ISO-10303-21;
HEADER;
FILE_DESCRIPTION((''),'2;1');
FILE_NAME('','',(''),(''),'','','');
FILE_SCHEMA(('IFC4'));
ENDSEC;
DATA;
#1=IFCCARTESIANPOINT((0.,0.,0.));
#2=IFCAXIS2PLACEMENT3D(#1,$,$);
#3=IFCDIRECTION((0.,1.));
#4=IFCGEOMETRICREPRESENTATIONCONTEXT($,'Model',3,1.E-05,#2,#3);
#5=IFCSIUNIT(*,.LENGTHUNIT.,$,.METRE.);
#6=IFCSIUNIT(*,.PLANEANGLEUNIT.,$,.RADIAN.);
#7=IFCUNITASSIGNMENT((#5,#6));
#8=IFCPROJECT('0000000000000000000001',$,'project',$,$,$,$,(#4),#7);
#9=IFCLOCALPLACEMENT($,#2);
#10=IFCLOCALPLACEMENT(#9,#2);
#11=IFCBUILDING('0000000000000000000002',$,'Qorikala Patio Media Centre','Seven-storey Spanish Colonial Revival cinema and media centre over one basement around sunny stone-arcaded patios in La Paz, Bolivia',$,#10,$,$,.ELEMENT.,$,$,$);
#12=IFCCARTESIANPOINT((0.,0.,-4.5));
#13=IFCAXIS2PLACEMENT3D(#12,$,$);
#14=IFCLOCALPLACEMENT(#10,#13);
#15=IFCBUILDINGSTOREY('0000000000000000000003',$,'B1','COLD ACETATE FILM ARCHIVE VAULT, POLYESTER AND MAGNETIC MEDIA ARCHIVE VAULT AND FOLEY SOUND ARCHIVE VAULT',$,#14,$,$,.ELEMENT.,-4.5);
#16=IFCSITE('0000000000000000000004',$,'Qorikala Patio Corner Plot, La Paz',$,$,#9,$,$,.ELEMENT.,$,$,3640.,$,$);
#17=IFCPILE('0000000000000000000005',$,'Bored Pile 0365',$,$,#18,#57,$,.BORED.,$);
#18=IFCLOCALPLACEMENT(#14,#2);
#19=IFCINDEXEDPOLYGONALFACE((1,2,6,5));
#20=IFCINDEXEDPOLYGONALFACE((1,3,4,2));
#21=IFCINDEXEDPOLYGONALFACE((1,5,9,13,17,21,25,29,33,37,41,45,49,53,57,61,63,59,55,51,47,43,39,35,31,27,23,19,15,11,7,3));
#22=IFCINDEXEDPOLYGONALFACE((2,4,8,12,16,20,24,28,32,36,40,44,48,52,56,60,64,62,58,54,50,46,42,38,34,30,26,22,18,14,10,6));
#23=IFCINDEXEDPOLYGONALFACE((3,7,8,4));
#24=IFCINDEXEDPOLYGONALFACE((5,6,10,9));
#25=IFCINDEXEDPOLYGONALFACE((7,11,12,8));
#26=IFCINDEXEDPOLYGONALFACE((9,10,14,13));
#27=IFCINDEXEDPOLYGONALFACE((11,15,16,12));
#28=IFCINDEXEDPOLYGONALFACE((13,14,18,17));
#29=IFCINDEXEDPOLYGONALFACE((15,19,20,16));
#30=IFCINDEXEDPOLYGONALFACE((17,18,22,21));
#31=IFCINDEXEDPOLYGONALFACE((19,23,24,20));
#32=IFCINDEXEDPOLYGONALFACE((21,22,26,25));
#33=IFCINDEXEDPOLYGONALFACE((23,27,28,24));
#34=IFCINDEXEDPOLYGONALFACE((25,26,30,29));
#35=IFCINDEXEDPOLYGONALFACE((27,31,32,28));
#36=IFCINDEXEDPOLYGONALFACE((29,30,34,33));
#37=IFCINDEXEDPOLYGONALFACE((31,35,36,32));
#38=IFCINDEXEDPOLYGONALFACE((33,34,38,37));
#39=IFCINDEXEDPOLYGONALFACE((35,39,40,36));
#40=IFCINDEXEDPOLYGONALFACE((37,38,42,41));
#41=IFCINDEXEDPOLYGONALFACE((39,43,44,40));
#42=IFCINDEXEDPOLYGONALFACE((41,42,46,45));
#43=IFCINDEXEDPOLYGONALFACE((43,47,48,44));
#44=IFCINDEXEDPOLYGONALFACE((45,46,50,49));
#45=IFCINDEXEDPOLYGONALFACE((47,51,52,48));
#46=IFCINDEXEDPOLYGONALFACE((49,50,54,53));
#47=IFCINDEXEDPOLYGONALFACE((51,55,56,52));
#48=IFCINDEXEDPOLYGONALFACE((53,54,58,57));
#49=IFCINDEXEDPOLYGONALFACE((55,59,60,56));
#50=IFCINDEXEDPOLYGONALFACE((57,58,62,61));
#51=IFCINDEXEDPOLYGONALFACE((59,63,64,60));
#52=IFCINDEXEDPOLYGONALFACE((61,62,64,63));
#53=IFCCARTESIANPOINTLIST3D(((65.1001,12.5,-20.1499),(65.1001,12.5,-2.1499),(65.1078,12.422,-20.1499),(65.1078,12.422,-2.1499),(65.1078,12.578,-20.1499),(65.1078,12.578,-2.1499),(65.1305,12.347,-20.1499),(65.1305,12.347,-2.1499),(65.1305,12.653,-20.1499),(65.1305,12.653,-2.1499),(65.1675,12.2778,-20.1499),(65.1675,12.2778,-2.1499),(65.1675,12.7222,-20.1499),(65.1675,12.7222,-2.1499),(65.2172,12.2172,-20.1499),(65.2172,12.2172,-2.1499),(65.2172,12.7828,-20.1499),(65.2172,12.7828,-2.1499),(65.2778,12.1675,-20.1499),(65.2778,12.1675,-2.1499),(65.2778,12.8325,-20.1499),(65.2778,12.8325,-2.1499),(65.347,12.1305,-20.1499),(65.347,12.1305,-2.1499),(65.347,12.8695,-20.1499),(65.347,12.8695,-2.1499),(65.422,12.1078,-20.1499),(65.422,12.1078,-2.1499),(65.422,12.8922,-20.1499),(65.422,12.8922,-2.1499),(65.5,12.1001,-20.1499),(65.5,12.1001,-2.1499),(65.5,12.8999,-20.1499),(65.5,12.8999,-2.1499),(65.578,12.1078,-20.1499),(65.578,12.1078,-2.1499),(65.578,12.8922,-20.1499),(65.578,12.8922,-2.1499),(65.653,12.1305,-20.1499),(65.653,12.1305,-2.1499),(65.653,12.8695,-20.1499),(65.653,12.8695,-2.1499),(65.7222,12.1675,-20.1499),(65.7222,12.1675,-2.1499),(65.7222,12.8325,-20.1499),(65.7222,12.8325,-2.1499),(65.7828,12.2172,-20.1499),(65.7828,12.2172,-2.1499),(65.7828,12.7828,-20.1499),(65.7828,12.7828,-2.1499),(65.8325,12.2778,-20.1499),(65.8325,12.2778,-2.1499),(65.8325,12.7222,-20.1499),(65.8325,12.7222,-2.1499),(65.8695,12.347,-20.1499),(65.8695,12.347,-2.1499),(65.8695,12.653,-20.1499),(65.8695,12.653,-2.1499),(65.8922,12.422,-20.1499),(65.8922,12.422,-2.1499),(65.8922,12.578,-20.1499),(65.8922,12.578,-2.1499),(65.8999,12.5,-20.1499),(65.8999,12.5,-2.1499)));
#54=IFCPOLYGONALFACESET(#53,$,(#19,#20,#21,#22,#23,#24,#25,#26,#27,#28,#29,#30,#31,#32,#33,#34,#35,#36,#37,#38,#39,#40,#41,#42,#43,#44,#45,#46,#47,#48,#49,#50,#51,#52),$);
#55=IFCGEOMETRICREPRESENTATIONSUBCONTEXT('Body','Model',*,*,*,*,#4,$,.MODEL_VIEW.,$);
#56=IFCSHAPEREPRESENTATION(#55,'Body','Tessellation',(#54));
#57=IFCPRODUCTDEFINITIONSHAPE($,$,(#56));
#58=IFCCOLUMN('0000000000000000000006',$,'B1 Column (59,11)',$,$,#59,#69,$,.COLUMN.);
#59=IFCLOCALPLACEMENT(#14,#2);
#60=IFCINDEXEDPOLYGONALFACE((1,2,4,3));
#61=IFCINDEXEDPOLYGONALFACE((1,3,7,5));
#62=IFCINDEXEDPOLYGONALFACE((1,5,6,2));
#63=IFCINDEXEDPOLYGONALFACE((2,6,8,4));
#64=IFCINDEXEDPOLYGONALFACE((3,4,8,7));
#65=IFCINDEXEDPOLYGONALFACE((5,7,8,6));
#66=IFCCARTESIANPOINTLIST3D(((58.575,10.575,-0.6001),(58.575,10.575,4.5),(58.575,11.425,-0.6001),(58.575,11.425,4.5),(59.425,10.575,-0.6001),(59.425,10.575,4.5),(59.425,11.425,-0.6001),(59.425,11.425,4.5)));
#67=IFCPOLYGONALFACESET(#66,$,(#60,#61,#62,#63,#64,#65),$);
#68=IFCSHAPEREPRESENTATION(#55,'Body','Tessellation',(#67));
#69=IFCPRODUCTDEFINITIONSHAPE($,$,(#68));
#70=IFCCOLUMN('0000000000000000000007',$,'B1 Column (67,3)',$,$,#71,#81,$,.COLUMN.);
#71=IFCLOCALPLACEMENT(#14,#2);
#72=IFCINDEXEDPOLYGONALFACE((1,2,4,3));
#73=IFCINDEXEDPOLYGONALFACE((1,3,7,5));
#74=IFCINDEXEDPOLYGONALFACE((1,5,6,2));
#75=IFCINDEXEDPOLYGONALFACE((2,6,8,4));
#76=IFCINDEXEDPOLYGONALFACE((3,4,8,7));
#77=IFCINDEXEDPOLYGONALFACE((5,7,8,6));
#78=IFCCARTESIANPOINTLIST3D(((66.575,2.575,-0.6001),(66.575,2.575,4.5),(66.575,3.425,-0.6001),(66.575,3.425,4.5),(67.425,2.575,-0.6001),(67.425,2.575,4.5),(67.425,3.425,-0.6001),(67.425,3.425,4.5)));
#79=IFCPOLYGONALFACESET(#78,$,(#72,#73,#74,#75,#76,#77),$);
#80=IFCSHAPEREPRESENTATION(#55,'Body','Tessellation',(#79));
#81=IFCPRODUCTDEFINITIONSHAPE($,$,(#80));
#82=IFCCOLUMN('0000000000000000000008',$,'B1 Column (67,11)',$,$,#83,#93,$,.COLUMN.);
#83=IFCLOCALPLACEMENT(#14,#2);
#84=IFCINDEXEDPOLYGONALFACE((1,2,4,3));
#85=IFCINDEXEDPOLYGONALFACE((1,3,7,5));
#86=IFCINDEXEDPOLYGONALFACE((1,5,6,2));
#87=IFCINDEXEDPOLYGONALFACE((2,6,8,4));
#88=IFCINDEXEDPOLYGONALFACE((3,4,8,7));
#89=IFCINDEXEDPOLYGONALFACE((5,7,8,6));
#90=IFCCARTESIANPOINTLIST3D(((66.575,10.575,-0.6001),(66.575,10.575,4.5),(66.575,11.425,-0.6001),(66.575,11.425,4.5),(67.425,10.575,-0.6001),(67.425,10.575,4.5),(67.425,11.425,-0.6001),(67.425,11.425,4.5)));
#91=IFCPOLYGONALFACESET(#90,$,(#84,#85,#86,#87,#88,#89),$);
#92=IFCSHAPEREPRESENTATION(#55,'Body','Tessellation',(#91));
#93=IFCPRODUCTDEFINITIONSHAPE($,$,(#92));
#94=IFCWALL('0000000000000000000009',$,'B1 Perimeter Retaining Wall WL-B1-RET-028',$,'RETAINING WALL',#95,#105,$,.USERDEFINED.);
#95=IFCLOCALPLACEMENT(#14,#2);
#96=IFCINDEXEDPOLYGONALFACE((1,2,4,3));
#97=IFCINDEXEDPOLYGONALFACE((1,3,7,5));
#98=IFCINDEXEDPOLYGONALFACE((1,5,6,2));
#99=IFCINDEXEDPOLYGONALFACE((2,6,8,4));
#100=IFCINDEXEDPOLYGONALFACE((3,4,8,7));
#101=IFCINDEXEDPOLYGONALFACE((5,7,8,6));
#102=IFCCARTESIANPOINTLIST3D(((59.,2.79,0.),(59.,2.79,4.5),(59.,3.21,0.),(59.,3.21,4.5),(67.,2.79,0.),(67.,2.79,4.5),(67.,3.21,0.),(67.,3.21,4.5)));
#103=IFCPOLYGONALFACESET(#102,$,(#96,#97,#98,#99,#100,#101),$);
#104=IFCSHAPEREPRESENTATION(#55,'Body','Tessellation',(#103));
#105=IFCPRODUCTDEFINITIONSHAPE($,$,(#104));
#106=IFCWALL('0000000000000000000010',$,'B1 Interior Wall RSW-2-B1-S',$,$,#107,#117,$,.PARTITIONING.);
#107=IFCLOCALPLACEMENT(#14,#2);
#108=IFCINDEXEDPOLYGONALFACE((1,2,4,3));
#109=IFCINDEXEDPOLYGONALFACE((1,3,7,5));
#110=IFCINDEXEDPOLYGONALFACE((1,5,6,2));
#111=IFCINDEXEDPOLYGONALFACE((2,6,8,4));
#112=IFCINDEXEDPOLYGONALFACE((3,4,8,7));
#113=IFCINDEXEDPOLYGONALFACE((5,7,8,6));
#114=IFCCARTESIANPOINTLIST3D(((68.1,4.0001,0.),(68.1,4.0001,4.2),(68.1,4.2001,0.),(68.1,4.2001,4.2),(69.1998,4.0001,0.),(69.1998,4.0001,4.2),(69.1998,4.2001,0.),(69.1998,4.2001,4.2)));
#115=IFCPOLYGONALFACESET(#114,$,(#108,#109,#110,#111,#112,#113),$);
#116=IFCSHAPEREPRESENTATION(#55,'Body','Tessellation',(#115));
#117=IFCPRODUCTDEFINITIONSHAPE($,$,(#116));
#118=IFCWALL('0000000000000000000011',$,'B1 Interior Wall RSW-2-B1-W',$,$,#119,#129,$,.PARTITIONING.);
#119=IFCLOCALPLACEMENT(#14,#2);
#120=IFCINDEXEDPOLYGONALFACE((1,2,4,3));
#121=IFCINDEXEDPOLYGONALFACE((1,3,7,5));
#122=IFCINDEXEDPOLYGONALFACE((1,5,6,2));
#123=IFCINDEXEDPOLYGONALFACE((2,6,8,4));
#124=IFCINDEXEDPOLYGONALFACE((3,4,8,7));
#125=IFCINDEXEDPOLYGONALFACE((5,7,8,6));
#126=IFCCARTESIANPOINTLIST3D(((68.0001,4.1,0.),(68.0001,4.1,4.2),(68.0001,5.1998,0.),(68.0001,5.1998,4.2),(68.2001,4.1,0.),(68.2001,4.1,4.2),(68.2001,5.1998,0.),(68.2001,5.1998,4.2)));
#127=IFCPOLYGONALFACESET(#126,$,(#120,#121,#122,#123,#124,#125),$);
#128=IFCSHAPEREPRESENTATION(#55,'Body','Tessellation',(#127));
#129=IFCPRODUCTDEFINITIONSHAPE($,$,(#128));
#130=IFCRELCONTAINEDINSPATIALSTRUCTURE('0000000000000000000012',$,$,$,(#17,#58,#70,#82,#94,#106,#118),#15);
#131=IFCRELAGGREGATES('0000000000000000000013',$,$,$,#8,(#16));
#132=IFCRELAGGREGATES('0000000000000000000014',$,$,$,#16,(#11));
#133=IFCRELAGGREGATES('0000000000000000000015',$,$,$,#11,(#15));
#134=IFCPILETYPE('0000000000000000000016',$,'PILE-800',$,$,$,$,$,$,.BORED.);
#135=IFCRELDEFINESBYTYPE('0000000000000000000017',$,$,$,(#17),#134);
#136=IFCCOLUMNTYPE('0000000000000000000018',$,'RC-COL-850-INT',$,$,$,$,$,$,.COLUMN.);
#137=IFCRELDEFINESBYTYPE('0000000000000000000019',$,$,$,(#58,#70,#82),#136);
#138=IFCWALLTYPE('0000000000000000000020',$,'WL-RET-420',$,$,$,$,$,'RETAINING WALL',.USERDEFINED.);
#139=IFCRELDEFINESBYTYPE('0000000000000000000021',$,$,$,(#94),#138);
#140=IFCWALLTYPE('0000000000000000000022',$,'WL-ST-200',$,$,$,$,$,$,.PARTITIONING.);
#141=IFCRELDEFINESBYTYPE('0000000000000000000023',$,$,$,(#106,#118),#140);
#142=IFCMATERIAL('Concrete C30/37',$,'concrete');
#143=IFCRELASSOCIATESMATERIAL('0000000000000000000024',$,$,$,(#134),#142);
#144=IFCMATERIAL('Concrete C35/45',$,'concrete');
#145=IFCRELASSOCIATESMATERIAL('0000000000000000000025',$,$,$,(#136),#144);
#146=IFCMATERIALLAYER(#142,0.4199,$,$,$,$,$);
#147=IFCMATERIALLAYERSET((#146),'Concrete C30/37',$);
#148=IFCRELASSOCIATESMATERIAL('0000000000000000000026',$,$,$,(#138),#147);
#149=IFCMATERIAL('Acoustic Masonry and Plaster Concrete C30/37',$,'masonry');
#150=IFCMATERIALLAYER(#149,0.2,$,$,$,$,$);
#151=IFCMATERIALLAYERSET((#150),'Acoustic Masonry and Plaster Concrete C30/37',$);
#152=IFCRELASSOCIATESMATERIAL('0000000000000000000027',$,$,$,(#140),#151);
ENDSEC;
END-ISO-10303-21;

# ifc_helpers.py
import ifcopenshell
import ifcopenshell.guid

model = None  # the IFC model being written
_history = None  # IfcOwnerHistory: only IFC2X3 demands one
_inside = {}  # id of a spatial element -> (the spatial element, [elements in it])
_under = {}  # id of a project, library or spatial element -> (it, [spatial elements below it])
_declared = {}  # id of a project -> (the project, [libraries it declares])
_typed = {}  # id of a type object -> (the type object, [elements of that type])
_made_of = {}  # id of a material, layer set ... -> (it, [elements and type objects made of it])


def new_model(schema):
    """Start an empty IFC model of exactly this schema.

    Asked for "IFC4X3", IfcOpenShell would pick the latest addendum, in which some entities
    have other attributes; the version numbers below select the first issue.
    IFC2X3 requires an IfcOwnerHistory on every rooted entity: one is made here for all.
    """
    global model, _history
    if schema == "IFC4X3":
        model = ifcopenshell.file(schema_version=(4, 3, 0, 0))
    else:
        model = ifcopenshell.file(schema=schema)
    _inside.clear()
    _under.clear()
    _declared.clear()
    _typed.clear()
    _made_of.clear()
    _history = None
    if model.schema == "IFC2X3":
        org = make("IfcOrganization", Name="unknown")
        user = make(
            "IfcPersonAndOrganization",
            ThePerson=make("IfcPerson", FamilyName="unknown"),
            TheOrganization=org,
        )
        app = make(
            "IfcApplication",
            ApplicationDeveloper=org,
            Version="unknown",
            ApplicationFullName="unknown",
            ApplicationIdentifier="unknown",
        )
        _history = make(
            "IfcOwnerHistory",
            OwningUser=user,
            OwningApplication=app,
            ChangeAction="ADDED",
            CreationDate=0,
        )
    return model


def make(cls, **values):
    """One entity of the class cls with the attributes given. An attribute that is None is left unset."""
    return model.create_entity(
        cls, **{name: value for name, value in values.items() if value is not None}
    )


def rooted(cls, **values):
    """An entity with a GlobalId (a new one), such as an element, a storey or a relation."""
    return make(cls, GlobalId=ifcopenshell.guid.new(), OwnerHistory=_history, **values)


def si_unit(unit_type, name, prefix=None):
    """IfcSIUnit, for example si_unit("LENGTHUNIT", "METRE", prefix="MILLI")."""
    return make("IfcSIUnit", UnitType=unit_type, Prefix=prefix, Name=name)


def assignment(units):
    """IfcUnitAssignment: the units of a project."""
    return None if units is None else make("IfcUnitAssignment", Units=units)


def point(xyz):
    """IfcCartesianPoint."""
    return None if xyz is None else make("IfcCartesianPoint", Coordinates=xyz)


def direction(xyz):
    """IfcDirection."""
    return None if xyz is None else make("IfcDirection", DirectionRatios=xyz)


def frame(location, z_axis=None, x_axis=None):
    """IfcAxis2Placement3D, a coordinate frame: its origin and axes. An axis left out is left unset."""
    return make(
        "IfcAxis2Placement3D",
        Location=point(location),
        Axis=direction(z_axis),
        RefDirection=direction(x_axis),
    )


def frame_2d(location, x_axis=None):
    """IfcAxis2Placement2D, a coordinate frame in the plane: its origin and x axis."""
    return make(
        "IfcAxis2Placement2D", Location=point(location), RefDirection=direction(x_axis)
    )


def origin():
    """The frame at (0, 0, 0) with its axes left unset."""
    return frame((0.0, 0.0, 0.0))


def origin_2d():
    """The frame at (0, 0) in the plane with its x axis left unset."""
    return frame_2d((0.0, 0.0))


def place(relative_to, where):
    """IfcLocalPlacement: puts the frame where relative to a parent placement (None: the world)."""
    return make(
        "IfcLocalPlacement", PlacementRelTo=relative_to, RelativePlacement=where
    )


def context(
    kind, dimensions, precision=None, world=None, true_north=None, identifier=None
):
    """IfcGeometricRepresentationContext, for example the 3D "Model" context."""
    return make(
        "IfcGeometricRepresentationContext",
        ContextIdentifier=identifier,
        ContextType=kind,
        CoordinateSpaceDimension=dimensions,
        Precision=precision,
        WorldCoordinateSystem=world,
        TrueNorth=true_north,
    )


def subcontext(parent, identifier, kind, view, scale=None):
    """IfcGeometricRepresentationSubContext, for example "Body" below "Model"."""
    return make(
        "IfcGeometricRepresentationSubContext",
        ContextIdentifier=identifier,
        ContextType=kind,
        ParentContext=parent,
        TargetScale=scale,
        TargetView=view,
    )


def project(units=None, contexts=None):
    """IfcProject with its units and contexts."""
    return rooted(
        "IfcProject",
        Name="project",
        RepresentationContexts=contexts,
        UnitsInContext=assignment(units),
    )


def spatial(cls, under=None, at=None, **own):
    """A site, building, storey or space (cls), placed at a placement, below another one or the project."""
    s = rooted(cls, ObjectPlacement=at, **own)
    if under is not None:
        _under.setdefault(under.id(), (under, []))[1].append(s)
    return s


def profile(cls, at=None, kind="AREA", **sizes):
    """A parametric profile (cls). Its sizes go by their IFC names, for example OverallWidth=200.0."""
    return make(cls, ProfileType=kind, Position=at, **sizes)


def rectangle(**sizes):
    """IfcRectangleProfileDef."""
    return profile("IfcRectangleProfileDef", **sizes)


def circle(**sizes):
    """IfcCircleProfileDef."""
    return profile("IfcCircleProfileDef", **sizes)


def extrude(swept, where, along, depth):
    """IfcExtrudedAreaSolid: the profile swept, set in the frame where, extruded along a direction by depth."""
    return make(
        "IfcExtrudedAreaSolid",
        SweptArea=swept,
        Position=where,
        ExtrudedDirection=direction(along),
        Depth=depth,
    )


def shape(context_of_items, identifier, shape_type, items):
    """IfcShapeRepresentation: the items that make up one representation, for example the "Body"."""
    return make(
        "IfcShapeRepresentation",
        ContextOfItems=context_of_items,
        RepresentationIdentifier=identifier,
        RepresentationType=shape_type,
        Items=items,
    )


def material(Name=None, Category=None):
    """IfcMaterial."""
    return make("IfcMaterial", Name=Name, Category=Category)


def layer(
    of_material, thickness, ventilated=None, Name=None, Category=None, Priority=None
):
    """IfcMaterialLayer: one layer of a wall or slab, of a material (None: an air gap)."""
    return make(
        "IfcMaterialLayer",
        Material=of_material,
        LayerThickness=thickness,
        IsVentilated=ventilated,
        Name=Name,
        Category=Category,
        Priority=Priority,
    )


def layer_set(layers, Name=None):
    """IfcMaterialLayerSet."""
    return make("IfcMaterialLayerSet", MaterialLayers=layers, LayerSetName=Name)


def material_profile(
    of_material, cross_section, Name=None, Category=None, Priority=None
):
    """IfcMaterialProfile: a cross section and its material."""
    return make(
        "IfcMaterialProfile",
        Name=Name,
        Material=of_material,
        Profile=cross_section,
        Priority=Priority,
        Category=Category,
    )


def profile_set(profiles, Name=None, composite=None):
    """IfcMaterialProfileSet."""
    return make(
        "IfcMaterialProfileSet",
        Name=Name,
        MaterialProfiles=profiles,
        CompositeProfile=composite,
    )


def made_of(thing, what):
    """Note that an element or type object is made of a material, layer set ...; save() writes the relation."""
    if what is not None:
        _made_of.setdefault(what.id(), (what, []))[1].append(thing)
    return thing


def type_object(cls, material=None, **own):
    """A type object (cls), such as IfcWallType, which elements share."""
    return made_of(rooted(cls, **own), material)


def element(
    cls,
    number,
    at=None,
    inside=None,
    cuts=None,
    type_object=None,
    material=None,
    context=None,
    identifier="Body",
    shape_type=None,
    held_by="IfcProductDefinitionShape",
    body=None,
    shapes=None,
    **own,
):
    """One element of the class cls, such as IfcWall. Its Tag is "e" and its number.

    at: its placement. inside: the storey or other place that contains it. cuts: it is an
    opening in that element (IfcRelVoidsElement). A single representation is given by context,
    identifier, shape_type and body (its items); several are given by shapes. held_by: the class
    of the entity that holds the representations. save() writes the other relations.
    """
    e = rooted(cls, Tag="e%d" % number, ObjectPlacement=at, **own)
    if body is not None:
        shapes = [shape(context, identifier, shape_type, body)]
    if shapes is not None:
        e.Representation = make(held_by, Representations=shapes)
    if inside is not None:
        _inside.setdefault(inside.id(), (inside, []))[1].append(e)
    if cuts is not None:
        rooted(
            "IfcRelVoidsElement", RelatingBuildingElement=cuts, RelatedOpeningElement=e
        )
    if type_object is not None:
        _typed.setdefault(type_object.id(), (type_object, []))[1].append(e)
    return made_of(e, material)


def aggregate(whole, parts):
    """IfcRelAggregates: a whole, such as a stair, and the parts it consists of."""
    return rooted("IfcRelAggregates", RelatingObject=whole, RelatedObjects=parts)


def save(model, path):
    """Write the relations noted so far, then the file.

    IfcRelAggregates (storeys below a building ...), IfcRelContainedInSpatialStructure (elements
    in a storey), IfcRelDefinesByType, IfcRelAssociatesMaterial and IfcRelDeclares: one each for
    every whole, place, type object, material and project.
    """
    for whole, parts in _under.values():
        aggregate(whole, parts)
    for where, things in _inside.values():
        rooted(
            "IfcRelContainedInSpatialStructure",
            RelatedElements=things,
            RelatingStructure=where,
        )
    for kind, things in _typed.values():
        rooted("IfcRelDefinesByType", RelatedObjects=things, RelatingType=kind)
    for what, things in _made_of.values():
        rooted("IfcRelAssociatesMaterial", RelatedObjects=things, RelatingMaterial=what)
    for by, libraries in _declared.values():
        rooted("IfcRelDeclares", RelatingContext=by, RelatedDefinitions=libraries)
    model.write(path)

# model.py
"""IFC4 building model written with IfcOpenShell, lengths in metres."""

from ifc_helpers import new_model, si_unit, direction, frame, frame_2d, origin, origin_2d, place, context, subcontext, project, spatial, rectangle, circle, extrude, material, layer, layer_set, material_profile, profile_set, type_object, element, save


model = new_model("IFC4")

# Units and contexts
model_context = context("Model", 3, precision=1e-05, world=origin(), true_north=direction((0.0, 1.0)))
body_context = subcontext(model_context, "Body", "Model", "MODEL_VIEW")
ifc_project = project(units=[si_unit("LENGTHUNIT", "METRE"), si_unit("PLANEANGLEUNIT", "RADIAN")], contexts=[model_context])

# Site, building, storey
site_placement = place(None, origin())
site = spatial("IfcSite", under=ifc_project, at=site_placement, Name="Qorikala Patio Corner Plot, La Paz", CompositionType="ELEMENT", RefElevation=3640.0)
building_placement = place(site_placement, origin())
building = spatial("IfcBuilding", under=site, at=building_placement, Name="Qorikala Patio Media Centre", Description="Seven-storey Spanish Colonial Revival cinema and media centre over one basement around sunny stone-arcaded patios in La Paz, Bolivia", CompositionType="ELEMENT")
storey_placement = place(building_placement, frame((0.0, 0.0, -4.5)))
storey = spatial("IfcBuildingStorey", under=building, at=storey_placement, Name="B1", Description="COLD ACETATE FILM ARCHIVE VAULT, POLYESTER AND MAGNETIC MEDIA ARCHIVE VAULT AND FOLEY SOUND ARCHIVE VAULT", CompositionType="ELEMENT", Elevation=-4.5)

# Shared definitions
ifc_material_1 = material(Name="Concrete C30/37", Category="concrete")

# Pile
ifc_material_profile_1 = material_profile(ifc_material_1, circle(Radius=0.3999, at=origin_2d()), Name="BORED PILE 800")
ifc_profile_set_1 = profile_set([ifc_material_profile_1], Name="Concrete C30/37")
pile_type_1 = type_object("IfcPileType", Name="PILE-800", PredefinedType="BORED", material=ifc_profile_set_1)
for number, where, z_axis, x_axis, name in (
    (1, (65.5, 12.5, -2.1499), (0.0, 0.0, -1.0), (1.0, 0.0, 0.0), "Bored Pile 0365"),
):
    element("IfcPile", number, at=place(storey_placement, frame(where, z_axis=z_axis, x_axis=x_axis)), inside=storey, type_object=pile_type_1, Name=name, PredefinedType="BORED", context=body_context, shape_type="SweptSolid", body=[
        extrude(circle(Radius=0.3999, at=origin_2d()), origin(), (0.0, 0.0, 1.0), 18.0),
    ])

# Columns
ifc_material_2 = material(Name="Concrete C35/45", Category="concrete")
ifc_material_profile_2 = material_profile(ifc_material_2, rectangle(XDim=0.8501, YDim=0.8501, at=origin_2d()), Name="RC 850x850")
ifc_profile_set_2 = profile_set([ifc_material_profile_2], Name="Concrete C35/45")
column_type = type_object("IfcColumnType", Name="RC-COL-850-INT", PredefinedType="COLUMN", material=ifc_profile_set_2)
for number, where, z_axis, x_axis, name in (
    (2, (59.0, 11.0, -0.6001), (0.0, 0.0, 1.0), (1.0, 0.0, 0.0), "B1 Column (59,11)"),
    (3, (67.0, 3.0, -0.6001), (0.0, 0.0, 1.0), (1.0, 0.0, 0.0), "B1 Column (67,3)"),
    (4, (67.0, 11.0, -0.6001), (0.0, 0.0, 1.0), (1.0, 0.0, 0.0), "B1 Column (67,11)"),
):
    element("IfcColumn", number, at=place(storey_placement, frame(where, z_axis=z_axis, x_axis=x_axis)), inside=storey, type_object=column_type, Name=name, PredefinedType="COLUMN", context=body_context, shape_type="SweptSolid", body=[
        extrude(rectangle(XDim=0.8501, YDim=0.8501, at=origin_2d()), origin(), (0.0, 0.0, 1.0), 5.1001),
    ])

# Walls
ifc_layer_1 = layer(ifc_material_1, 0.4199)
ifc_layer_set_1 = layer_set([ifc_layer_1], Name="Concrete C30/37")
wall_type_1 = type_object("IfcWallType", Name="WL-RET-420", ElementType="RETAINING WALL", PredefinedType="USERDEFINED", material=ifc_layer_set_1)
wall_placement = place(storey_placement, frame((67.0, 3.0, 0.0), z_axis=(0.0, 0.0, 1.0), x_axis=(-1.0, 0.0, 0.0)))
element("IfcWall", 5, at=wall_placement, inside=storey, type_object=wall_type_1, Name="B1 Perimeter Retaining Wall WL-B1-RET-028", ObjectType="RETAINING WALL", PredefinedType="USERDEFINED", context=body_context, shape_type="SweptSolid", body=[
    extrude(rectangle(XDim=8.0, YDim=0.4199, at=frame_2d((4.0, 0.0))), origin(), (0.0, 0.0, 1.0), 4.5),
])
ifc_material_3 = material(Name="Acoustic Masonry and Plaster Concrete C30/37", Category="masonry")
ifc_layer_2 = layer(ifc_material_3, 0.2)
ifc_layer_set_2 = layer_set([ifc_layer_2], Name="Acoustic Masonry and Plaster Concrete C30/37")
wall_type_2 = type_object("IfcWallType", Name="WL-ST-200", PredefinedType="PARTITIONING", material=ifc_layer_set_2)
for number, where, z_axis, x_axis, name in (
    (6, (68.1001, 4.1001, 0.0), (0.0, 0.0, 1.0), (1.0, 0.0, 0.0), "B1 Interior Wall RSW-2-B1-S"),
    (7, (68.1001, 4.1001, 0.0), (0.0, 0.0, 1.0), (0.0, 1.0, 0.0), "B1 Interior Wall RSW-2-B1-W"),
):
    element("IfcWall", number, at=place(storey_placement, frame(where, z_axis=z_axis, x_axis=x_axis)), inside=storey, type_object=wall_type_2, Name=name, PredefinedType="PARTITIONING", context=body_context, shape_type="SweptSolid", body=[
        extrude(rectangle(XDim=1.0999, YDim=0.2, at=frame_2d((0.5498, 0.0))), origin(), (0.0, 0.0, 1.0), 4.2),
    ])

save(model, "model.ifc")
